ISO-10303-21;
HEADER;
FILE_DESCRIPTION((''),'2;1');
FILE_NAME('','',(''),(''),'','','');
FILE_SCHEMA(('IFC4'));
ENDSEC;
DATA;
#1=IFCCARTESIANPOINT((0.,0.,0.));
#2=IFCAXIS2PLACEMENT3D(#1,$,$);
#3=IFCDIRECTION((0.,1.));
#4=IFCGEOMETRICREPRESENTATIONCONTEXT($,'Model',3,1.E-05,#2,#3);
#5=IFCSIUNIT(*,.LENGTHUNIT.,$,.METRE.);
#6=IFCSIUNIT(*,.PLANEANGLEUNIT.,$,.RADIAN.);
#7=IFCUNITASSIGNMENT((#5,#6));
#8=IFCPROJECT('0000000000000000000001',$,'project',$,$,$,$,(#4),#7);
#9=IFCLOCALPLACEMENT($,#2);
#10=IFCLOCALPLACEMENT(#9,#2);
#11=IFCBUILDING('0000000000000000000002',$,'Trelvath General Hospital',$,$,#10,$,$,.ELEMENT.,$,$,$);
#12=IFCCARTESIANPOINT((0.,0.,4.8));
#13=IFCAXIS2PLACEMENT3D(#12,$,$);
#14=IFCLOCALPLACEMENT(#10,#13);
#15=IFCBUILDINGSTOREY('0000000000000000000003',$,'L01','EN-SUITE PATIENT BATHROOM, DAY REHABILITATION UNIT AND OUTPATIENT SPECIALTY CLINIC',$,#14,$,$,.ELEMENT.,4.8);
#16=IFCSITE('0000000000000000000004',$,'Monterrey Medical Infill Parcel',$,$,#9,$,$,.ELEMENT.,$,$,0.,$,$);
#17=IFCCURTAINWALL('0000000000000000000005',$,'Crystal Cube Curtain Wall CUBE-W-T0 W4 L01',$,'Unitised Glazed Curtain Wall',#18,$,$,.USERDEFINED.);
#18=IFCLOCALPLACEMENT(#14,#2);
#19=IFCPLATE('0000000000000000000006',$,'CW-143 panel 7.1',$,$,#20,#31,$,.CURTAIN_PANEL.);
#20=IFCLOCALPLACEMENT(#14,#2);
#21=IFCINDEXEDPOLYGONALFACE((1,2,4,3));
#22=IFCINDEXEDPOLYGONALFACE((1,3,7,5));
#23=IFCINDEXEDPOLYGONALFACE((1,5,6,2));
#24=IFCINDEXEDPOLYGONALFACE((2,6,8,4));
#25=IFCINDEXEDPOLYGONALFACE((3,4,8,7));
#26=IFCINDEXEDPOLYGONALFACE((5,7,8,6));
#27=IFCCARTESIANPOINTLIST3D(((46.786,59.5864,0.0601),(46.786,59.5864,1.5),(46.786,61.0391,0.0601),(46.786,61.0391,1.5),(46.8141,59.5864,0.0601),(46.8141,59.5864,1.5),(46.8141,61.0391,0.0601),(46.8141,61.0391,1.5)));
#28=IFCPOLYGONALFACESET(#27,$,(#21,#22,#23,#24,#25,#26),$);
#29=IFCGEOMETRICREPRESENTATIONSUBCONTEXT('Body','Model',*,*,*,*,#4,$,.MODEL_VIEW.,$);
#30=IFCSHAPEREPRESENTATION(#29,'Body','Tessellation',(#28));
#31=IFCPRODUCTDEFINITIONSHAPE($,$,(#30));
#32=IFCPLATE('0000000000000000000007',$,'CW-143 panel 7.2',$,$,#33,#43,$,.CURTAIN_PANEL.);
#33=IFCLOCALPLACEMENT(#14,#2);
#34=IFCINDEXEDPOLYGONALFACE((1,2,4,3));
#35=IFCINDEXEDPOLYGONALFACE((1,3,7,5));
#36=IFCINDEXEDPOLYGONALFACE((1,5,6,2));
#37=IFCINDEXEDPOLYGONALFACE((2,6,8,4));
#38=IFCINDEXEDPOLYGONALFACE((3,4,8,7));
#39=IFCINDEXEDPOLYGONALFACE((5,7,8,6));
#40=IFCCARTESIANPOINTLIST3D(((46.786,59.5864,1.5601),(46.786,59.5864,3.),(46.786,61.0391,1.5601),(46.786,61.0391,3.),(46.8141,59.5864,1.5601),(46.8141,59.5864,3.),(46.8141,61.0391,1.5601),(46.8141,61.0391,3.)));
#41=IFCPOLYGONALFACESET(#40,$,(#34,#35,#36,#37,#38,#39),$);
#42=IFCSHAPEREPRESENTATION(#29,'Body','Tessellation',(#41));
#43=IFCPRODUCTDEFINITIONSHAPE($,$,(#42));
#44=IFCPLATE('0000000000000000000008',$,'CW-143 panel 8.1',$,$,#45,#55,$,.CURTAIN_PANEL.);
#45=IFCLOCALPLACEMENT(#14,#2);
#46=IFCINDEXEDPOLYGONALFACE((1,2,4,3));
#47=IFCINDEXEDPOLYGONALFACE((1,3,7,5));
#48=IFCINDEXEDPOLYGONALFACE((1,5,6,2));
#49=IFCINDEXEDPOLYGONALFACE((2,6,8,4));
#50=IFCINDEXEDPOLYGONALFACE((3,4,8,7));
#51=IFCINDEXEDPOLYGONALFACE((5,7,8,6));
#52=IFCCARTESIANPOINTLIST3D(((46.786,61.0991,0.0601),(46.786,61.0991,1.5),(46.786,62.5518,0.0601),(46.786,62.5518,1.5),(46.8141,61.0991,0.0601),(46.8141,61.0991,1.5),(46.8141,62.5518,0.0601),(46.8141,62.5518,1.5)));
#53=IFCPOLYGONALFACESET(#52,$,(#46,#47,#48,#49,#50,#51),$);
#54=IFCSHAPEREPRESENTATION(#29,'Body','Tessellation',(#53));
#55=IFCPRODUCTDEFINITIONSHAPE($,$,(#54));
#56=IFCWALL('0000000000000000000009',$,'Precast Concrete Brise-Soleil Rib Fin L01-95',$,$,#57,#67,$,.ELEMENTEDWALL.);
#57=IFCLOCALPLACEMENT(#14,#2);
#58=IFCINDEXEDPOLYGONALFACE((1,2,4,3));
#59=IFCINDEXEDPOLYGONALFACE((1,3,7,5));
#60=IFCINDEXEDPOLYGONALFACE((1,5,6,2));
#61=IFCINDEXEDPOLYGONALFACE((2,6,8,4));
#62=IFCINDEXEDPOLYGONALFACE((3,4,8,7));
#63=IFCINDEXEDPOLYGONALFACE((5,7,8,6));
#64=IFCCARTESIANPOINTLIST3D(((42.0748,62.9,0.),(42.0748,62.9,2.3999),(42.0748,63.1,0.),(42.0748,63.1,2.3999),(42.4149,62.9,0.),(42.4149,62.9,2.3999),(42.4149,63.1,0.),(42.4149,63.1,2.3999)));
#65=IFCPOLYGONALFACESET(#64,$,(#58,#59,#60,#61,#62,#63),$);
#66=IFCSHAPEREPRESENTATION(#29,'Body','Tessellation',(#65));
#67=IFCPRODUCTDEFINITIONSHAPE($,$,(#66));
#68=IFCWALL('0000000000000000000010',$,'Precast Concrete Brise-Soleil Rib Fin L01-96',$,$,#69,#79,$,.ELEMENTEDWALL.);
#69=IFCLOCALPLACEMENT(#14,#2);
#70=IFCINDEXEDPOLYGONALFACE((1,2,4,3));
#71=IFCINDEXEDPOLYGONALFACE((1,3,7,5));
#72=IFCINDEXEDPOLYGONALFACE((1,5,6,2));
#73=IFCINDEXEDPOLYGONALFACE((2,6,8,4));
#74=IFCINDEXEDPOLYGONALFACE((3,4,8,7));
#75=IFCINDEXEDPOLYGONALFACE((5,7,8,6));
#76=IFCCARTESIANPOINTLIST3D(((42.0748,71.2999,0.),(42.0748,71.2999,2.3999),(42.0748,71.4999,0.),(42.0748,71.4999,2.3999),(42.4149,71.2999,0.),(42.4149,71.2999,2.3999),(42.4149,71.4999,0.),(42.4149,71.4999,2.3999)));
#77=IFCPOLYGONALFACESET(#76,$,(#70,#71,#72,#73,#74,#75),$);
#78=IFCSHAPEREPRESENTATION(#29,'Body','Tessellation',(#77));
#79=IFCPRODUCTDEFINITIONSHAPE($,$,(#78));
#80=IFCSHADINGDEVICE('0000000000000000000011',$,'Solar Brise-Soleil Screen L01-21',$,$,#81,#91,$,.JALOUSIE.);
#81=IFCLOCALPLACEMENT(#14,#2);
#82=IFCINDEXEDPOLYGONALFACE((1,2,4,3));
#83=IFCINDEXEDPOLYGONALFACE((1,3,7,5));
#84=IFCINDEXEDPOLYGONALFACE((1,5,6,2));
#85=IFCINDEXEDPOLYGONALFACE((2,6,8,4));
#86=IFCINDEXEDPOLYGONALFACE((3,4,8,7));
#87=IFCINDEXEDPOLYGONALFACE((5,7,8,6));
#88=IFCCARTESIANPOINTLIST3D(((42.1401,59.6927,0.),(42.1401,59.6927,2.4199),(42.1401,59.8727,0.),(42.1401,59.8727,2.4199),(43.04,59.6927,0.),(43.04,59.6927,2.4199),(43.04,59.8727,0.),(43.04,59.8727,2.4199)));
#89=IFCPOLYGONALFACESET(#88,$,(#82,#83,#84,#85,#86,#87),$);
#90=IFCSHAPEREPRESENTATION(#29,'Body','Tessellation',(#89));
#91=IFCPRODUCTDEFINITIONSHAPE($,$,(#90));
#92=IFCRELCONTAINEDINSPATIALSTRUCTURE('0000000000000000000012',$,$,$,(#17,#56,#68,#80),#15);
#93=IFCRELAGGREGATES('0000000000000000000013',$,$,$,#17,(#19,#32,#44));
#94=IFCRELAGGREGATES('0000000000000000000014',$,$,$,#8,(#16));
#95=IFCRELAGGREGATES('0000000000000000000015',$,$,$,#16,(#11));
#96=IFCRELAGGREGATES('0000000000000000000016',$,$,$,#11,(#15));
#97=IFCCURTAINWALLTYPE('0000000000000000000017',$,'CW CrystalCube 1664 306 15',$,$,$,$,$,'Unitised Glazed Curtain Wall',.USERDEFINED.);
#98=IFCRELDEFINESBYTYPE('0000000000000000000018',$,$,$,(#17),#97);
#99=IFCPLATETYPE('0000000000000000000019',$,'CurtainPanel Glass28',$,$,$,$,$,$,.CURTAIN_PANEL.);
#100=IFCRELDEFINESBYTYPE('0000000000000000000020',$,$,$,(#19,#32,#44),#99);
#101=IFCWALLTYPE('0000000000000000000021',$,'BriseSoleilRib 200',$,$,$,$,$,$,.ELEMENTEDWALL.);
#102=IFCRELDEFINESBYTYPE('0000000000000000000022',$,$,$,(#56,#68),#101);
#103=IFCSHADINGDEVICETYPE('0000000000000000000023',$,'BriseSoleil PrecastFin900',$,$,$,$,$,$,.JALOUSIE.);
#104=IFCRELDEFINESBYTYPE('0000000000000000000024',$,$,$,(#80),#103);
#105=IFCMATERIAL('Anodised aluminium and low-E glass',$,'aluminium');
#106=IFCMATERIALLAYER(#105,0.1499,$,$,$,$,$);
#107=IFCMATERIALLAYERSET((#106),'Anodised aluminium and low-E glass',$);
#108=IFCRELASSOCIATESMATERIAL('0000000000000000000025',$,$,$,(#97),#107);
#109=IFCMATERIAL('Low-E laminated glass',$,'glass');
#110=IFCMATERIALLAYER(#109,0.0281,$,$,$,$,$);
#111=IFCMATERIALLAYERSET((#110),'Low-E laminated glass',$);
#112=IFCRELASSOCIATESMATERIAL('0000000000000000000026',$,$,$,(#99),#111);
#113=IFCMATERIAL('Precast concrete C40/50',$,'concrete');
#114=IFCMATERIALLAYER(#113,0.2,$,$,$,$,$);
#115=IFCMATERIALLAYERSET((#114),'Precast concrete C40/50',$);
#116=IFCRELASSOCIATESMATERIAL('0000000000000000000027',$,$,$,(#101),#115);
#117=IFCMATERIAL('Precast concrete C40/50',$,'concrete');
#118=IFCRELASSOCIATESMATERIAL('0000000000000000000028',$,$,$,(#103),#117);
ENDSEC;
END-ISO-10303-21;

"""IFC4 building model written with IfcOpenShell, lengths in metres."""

from ifc_helpers import new_model, si_unit, direction, frame, frame_2d, origin, origin_2d, place, context, subcontext, project, spatial, rectangle, extrude, material, layer, layer_set, type_object, element, aggregate, save


model = new_model("IFC4")

# Units and contexts
model_context = context("Model", 3, precision=1e-05, world=origin(), true_north=direction((0.0, 1.0)))
body_context = subcontext(model_context, "Body", "Model", "MODEL_VIEW")
ifc_project = project(units=[si_unit("LENGTHUNIT", "METRE"), si_unit("PLANEANGLEUNIT", "RADIAN")], contexts=[model_context])

# Site, building, storey
site_placement = place(None, origin())
site = spatial("IfcSite", under=ifc_project, at=site_placement, Name="Monterrey Medical Infill Parcel", CompositionType="ELEMENT", RefElevation=0.0)
building_placement = place(site_placement, origin())
building = spatial("IfcBuilding", under=site, at=building_placement, Name="Trelvath General Hospital", CompositionType="ELEMENT")
storey_placement = place(building_placement, frame((0.0, 0.0, 4.8)))
storey = spatial("IfcBuildingStorey", under=building, at=storey_placement, Name="L01", Description="EN-SUITE PATIENT BATHROOM, DAY REHABILITATION UNIT AND OUTPATIENT SPECIALTY CLINIC", CompositionType="ELEMENT", Elevation=4.8)

# Curtain wall
ifc_material_1 = material(Name="Anodised aluminium and low-E glass", Category="aluminium")
ifc_layer_1 = layer(ifc_material_1, 0.1499)
ifc_layer_set_1 = layer_set([ifc_layer_1], Name="Anodised aluminium and low-E glass")
curtain_wall_type = type_object("IfcCurtainWallType", Name="CW CrystalCube 1664 306 15", ElementType="Unitised Glazed Curtain Wall", PredefinedType="USERDEFINED", material=ifc_layer_set_1)
curtain_wall_placement = place(storey_placement, origin())
curtain_wall = element("IfcCurtainWall", 1, at=curtain_wall_placement, inside=storey, type_object=curtain_wall_type, Name="Crystal Cube Curtain Wall CUBE-W-T0 W4 L01", ObjectType="Unitised Glazed Curtain Wall", PredefinedType="USERDEFINED")

# Plates
ifc_material_2 = material(Name="Low-E laminated glass", Category="glass")
ifc_layer_2 = layer(ifc_material_2, 0.0281)
ifc_layer_set_2 = layer_set([ifc_layer_2], Name="Low-E laminated glass")
plate_type = type_object("IfcPlateType", Name="CurtainPanel Glass28", PredefinedType="CURTAIN_PANEL", material=ifc_layer_set_2)
plate_1_placement = place(storey_placement, frame((46.8, 60.3127, 0.0601), z_axis=(0.0, 0.0, 1.0), x_axis=(0.0, 1.0, 0.0)))
plate_1 = element("IfcPlate", 2, at=plate_1_placement, type_object=plate_type, Name="CW-143 panel 7.1", PredefinedType="CURTAIN_PANEL", context=body_context, shape_type="SweptSolid", body=[
    extrude(rectangle(XDim=1.4526, YDim=0.0281, at=origin_2d()), origin(), (0.0, 0.0, 1.0), 1.4399),
])
plate_2_placement = place(storey_placement, frame((46.8, 60.3127, 1.5601), z_axis=(0.0, 0.0, 1.0), x_axis=(0.0, 1.0, 0.0)))
plate_2 = element("IfcPlate", 3, at=plate_2_placement, type_object=plate_type, Name="CW-143 panel 7.2", PredefinedType="CURTAIN_PANEL", context=body_context, shape_type="SweptSolid", body=[
    extrude(rectangle(XDim=1.4526, YDim=0.0281, at=origin_2d()), origin(), (0.0, 0.0, 1.0), 1.4399),
])
plate_3_placement = place(storey_placement, frame((46.8, 61.8254, 0.0601), z_axis=(0.0, 0.0, 1.0), x_axis=(0.0, 1.0, 0.0)))
plate_3 = element("IfcPlate", 4, at=plate_3_placement, type_object=plate_type, Name="CW-143 panel 8.1", PredefinedType="CURTAIN_PANEL", context=body_context, shape_type="SweptSolid", body=[
    extrude(rectangle(XDim=1.4526, YDim=0.0281, at=origin_2d()), origin(), (0.0, 0.0, 1.0), 1.4399),
])
aggregate(curtain_wall, [plate_1, plate_2, plate_3])

# Walls
ifc_material_3 = material(Name="Precast concrete C40/50", Category="concrete")
ifc_layer_3 = layer(ifc_material_3, 0.2)
ifc_layer_set_3 = layer_set([ifc_layer_3], Name="Precast concrete C40/50")
wall_type = type_object("IfcWallType", Name="BriseSoleilRib 200", PredefinedType="ELEMENTEDWALL", material=ifc_layer_set_3)
for number, where, z_axis, x_axis, name in (
    (5, (42.075, 63.0, 0.0), (0.0, 0.0, 1.0), (1.0, 0.0, 0.0), "Precast Concrete Brise-Soleil Rib Fin L01-95"),
    (6, (42.075, 71.3999, 0.0), (0.0, 0.0, 1.0), (1.0, 0.0, 0.0), "Precast Concrete Brise-Soleil Rib Fin L01-96"),
):
    element("IfcWall", number, at=place(storey_placement, frame(where, z_axis=z_axis, x_axis=x_axis)), inside=storey, type_object=wall_type, Name=name, PredefinedType="ELEMENTEDWALL", context=body_context, shape_type="SweptSolid", body=[
        extrude(rectangle(XDim=0.3401, YDim=0.2, at=frame_2d((0.1699, 0.0))), origin(), (0.0, 0.0, 1.0), 2.3999),
    ])

# Shading device
ifc_material_4 = material(Name="Precast concrete C40/50", Category="concrete")
shading_device_type = type_object("IfcShadingDeviceType", Name="BriseSoleil PrecastFin900", PredefinedType="JALOUSIE", material=ifc_material_4)
shading_device_placement = place(storey_placement, frame((42.5901, 59.7827, 0.0), z_axis=(0.0, 0.0, 1.0), x_axis=(1.0, 0.0, 0.0)))
element("IfcShadingDevice", 7, at=shading_device_placement, inside=storey, type_object=shading_device_type, Name="Solar Brise-Soleil Screen L01-21", PredefinedType="JALOUSIE", context=body_context, shape_type="SweptSolid", body=[
    extrude(rectangle(XDim=0.8999, YDim=0.1799, at=origin_2d()), origin(), (0.0, 0.0, 1.0), 2.4199),
])

save(model, "model.ifc")
